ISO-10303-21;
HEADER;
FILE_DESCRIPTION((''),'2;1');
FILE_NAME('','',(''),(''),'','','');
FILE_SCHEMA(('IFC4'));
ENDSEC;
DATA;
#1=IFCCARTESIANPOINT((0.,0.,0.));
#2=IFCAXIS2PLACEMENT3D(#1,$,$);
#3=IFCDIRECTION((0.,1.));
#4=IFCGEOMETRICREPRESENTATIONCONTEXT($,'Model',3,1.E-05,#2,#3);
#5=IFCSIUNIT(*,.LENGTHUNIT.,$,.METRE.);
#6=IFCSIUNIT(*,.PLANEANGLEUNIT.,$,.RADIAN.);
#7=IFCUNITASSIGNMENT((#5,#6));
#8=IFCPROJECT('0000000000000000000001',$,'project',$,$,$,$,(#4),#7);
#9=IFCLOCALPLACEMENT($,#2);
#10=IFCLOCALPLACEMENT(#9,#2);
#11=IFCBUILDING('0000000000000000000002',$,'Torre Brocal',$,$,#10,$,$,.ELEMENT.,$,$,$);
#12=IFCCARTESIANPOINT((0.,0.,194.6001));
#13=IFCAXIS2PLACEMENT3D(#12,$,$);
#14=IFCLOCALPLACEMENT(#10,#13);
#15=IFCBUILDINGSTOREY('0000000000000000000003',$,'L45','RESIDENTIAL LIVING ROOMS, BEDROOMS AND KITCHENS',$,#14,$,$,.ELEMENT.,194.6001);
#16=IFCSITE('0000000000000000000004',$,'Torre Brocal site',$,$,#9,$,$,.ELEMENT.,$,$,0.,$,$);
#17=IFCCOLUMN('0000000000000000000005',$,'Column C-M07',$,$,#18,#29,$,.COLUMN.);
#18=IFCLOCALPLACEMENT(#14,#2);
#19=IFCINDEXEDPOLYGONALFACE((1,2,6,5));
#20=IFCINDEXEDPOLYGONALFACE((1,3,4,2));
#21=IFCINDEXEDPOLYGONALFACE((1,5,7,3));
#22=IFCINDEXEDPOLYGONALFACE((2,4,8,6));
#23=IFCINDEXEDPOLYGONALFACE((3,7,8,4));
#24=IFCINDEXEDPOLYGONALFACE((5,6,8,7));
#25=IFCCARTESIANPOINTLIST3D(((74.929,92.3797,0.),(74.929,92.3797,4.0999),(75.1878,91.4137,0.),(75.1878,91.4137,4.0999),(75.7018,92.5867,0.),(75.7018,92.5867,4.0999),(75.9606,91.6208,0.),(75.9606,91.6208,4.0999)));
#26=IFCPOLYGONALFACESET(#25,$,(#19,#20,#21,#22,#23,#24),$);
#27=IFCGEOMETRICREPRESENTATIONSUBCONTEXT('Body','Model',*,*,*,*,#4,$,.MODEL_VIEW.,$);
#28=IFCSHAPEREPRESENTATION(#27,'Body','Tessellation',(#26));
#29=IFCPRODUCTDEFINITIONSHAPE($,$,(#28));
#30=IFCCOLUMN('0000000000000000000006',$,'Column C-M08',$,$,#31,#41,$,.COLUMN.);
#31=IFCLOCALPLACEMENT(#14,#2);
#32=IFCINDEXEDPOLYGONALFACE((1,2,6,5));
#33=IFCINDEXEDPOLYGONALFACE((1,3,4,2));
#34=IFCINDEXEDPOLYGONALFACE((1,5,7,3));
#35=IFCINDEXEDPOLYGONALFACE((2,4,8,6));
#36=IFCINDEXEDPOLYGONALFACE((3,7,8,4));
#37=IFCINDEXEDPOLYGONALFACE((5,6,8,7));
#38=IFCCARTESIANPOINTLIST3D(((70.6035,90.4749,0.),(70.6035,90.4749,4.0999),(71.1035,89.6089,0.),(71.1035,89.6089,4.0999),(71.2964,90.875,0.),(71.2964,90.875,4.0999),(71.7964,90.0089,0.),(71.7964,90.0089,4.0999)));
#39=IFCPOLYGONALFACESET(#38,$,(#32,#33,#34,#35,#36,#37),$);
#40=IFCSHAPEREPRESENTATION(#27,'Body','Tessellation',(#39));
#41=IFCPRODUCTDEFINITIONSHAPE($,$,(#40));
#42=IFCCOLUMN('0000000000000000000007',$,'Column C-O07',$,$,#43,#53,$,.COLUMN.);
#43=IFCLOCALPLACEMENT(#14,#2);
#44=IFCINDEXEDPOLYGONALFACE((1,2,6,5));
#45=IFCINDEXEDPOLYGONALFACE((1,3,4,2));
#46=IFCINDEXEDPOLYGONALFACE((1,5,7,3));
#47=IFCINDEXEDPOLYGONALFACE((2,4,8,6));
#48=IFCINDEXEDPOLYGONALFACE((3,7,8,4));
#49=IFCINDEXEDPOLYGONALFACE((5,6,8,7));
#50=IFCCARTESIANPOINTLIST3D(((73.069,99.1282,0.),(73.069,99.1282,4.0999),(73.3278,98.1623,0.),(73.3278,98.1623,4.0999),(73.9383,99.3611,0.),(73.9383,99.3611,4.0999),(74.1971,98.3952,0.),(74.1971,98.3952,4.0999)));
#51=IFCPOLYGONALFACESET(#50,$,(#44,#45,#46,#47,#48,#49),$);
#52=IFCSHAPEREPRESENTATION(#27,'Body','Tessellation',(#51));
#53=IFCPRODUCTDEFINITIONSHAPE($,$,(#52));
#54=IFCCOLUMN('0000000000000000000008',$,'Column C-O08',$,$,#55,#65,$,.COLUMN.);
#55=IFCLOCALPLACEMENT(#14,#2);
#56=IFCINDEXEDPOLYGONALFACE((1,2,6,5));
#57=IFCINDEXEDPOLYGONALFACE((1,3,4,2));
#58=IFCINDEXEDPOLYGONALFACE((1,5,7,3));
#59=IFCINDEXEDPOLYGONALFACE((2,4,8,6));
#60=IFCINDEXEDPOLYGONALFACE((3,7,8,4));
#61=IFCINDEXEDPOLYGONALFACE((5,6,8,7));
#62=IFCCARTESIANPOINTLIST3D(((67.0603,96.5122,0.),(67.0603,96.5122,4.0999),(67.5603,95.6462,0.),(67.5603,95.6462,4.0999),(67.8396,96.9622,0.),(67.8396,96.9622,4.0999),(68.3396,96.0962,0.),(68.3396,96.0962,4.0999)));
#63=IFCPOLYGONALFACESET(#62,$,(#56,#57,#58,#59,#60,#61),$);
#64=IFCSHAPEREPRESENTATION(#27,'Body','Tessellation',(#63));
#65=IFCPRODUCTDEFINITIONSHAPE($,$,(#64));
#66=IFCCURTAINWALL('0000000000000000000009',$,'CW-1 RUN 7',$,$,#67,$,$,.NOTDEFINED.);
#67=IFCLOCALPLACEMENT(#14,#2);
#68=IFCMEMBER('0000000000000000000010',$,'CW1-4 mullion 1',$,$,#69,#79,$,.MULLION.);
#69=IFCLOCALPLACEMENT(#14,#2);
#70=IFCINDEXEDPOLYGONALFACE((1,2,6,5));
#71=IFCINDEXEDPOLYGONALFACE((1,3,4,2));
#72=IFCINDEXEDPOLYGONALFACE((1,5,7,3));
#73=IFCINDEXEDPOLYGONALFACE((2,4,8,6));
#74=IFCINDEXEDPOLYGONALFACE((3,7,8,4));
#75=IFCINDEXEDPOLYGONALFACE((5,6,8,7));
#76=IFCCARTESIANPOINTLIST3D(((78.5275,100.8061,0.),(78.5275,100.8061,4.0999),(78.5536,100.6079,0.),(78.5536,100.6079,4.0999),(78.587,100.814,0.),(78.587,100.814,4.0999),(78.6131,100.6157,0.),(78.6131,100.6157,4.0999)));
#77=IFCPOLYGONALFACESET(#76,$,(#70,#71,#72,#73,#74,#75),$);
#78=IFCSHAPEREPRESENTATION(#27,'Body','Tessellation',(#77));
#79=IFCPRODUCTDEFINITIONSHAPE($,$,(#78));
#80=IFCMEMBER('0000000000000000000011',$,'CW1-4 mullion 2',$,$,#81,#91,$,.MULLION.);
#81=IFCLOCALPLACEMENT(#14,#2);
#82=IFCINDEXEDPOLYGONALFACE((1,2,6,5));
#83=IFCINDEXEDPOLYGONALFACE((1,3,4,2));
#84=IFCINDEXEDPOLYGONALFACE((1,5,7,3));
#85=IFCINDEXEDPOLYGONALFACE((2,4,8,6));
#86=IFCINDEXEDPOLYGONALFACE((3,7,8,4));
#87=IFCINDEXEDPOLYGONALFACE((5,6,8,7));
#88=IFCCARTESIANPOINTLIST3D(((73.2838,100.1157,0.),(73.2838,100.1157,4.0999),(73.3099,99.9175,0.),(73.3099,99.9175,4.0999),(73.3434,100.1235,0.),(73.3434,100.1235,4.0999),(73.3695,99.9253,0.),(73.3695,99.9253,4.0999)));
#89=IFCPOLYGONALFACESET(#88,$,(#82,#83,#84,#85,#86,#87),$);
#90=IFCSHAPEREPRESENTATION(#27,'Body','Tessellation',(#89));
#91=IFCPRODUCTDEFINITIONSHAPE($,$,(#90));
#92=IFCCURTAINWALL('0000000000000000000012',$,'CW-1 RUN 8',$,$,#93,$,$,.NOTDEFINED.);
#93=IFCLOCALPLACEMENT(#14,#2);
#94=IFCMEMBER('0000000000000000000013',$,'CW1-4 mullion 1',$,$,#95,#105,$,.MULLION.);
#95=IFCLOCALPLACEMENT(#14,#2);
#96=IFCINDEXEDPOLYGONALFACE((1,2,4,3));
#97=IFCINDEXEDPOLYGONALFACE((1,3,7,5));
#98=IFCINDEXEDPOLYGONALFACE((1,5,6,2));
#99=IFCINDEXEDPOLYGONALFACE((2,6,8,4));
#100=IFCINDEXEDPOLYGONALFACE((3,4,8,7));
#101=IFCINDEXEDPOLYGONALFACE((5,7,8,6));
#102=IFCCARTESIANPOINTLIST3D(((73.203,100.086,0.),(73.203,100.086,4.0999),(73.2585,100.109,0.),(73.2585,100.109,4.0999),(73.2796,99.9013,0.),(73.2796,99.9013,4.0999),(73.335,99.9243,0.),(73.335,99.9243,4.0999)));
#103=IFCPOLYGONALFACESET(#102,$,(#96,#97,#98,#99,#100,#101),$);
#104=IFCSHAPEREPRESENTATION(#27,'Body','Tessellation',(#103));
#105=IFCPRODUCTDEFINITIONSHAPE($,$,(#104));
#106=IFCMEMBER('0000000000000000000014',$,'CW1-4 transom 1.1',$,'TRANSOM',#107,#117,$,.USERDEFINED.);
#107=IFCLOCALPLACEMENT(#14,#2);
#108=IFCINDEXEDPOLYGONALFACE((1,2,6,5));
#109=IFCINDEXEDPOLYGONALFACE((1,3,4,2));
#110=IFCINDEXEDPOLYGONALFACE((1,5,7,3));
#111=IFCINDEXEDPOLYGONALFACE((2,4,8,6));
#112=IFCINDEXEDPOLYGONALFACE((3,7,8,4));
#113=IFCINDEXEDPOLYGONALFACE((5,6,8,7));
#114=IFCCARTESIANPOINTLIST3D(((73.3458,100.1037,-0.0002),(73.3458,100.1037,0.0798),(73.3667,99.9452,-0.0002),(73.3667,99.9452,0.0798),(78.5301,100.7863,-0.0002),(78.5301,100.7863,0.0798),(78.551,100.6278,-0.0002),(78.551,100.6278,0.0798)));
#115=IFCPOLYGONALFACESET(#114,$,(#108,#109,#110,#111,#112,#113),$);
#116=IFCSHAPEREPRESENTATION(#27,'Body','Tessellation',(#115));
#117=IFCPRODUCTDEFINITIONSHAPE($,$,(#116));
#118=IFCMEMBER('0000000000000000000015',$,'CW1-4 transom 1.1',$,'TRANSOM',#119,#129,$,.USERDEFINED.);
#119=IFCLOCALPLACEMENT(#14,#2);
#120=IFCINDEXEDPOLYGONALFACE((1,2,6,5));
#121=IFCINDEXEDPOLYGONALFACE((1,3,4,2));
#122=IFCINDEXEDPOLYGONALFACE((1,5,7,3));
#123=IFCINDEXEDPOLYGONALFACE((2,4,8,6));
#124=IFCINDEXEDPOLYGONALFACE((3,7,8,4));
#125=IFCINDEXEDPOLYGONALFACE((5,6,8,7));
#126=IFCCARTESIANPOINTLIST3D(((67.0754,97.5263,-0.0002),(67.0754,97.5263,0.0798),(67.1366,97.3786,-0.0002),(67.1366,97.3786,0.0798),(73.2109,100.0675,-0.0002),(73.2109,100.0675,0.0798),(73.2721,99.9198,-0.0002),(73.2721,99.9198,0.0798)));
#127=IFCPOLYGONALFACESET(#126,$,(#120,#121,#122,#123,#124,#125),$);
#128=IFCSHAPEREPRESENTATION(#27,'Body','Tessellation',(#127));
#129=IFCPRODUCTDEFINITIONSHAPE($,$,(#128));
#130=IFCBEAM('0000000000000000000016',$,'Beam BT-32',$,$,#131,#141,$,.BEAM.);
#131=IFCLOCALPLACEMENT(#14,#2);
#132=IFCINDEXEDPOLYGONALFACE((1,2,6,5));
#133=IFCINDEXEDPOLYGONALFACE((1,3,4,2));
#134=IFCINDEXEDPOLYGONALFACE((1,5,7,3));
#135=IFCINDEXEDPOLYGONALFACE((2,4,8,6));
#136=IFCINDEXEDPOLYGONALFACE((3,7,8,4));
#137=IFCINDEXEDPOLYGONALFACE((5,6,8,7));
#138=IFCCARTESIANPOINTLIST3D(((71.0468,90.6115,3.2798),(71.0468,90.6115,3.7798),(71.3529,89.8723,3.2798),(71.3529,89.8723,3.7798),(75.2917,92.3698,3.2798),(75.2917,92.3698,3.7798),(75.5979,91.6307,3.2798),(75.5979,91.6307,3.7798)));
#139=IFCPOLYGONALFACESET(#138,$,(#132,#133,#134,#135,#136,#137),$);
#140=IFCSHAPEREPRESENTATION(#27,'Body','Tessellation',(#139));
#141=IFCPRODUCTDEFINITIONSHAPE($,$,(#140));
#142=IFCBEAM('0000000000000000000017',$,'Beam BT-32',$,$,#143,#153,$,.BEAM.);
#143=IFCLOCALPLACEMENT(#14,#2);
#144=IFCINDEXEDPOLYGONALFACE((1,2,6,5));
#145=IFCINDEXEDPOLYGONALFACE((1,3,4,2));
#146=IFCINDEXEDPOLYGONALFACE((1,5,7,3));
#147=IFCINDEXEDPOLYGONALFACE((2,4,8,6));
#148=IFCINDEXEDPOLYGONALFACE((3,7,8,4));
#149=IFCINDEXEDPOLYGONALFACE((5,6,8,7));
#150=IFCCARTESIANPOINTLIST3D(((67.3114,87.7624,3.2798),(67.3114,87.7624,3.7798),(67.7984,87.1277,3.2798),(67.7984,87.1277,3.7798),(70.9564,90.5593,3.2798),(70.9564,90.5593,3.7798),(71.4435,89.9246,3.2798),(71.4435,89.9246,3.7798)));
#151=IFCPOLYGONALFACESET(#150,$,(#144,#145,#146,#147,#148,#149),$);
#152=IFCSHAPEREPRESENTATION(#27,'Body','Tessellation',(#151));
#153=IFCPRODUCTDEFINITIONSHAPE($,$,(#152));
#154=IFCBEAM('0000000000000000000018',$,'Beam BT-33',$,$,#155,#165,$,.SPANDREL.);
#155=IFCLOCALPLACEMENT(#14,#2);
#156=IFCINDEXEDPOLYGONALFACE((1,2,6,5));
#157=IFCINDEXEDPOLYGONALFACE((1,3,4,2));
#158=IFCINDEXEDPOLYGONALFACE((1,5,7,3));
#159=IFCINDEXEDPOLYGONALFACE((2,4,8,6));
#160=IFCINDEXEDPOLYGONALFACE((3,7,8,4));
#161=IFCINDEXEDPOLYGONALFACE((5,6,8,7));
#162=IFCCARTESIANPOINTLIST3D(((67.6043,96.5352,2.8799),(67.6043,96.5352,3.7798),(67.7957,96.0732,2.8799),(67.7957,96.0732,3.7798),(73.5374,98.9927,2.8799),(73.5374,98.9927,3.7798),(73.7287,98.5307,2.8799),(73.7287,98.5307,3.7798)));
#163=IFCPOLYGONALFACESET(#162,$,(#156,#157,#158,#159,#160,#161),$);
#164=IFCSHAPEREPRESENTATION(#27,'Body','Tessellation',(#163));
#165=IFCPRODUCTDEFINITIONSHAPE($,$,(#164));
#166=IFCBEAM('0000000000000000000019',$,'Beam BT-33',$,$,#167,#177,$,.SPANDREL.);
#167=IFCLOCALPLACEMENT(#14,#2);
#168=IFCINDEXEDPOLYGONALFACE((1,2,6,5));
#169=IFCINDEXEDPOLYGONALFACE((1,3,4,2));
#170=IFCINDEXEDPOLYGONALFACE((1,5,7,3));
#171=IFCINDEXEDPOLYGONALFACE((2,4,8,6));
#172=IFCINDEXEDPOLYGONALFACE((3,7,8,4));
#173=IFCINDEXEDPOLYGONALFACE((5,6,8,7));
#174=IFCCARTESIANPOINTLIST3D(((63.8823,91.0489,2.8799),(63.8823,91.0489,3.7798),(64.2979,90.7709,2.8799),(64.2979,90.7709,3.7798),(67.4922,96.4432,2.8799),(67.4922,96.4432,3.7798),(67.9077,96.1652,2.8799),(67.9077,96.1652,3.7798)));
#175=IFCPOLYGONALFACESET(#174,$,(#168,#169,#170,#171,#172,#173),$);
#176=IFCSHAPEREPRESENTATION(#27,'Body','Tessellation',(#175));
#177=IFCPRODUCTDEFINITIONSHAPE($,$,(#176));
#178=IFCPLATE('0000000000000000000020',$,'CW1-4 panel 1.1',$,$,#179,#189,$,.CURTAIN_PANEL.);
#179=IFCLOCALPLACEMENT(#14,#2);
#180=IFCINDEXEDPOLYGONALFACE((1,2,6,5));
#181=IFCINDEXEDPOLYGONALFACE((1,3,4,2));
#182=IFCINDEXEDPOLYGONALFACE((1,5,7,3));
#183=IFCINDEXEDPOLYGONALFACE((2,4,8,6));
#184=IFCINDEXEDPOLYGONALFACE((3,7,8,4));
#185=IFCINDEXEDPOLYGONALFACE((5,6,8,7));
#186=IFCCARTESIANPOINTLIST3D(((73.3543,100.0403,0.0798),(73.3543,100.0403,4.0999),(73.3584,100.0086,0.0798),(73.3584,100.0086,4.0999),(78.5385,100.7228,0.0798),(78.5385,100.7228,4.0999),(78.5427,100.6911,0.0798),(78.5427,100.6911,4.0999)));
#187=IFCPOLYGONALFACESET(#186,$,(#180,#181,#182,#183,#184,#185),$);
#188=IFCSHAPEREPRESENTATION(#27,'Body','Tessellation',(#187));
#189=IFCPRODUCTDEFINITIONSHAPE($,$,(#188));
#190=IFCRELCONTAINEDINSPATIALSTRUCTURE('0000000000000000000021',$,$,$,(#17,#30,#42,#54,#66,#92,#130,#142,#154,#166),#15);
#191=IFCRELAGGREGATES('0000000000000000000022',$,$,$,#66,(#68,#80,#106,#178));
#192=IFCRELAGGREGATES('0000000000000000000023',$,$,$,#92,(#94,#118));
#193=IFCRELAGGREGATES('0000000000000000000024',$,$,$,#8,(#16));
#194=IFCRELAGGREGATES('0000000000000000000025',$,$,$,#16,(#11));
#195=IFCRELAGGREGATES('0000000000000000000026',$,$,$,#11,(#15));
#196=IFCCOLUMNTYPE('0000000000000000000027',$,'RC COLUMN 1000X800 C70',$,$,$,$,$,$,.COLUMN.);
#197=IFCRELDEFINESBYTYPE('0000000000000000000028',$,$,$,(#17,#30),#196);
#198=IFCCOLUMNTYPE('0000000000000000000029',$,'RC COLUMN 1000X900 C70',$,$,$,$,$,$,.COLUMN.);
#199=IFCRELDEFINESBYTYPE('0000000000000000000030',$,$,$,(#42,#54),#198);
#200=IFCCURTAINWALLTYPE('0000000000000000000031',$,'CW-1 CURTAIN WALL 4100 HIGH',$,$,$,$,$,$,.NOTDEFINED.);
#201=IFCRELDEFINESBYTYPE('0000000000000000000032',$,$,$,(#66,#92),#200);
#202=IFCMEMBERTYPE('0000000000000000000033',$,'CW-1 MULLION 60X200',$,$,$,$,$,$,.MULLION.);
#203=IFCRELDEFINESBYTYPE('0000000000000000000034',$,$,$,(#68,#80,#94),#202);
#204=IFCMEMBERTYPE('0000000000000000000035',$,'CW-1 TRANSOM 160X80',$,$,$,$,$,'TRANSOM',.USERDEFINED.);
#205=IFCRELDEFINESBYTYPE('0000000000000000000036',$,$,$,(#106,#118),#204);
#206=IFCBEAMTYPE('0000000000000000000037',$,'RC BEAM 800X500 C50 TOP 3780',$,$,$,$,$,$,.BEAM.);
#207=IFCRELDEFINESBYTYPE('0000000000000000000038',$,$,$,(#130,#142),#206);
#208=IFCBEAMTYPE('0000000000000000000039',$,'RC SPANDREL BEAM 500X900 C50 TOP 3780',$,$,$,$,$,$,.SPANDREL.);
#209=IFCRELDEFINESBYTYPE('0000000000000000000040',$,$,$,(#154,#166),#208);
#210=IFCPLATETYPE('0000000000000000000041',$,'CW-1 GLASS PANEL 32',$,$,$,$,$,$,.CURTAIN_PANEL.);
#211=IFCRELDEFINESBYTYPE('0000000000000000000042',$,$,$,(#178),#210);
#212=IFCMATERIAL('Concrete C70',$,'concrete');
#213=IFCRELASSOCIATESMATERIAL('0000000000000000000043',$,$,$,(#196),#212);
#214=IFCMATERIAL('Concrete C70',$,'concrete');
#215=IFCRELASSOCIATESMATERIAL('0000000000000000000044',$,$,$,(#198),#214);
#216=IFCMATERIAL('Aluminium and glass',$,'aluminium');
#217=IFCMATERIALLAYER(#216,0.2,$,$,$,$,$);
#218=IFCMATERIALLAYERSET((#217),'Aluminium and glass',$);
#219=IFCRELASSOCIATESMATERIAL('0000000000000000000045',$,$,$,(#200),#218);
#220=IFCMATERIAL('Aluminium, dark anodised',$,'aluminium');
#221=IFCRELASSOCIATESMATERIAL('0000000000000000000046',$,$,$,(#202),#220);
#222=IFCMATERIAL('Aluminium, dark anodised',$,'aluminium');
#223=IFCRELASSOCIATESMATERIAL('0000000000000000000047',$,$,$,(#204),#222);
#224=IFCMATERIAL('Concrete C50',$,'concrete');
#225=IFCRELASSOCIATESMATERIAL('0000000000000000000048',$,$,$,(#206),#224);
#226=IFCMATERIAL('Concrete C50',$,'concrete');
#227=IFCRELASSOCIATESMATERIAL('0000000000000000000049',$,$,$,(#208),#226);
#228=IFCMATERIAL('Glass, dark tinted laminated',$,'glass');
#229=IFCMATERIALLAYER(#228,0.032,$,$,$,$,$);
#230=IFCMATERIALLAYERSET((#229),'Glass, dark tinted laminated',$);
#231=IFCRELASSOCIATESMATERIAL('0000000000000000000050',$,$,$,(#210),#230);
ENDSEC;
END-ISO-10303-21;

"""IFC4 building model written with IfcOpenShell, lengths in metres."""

from ifc_helpers import new_model, si_unit, direction, frame, origin, origin_2d, place, context, subcontext, project, spatial, rectangle, extrude, material, layer, layer_set, material_profile, profile_set, type_object, element, aggregate, save


model = new_model("IFC4")

# Units and contexts
model_context = context("Model", 3, precision=1e-05, world=origin(), true_north=direction((0.0, 1.0)))
body_context = subcontext(model_context, "Body", "Model", "MODEL_VIEW")
ifc_project = project(units=[si_unit("LENGTHUNIT", "METRE"), si_unit("PLANEANGLEUNIT", "RADIAN")], contexts=[model_context])

# Site, building, storey
site_placement = place(None, origin())
site = spatial("IfcSite", under=ifc_project, at=site_placement, Name="Torre Brocal site", CompositionType="ELEMENT", RefElevation=0.0)
building_placement = place(site_placement, origin())
building = spatial("IfcBuilding", under=site, at=building_placement, Name="Torre Brocal", CompositionType="ELEMENT")
storey_placement = place(building_placement, frame((0.0, 0.0, 194.6001)))
storey = spatial("IfcBuildingStorey", under=building, at=storey_placement, Name="L45", Description="RESIDENTIAL LIVING ROOMS, BEDROOMS AND KITCHENS", CompositionType="ELEMENT", Elevation=194.6001)

# Columns
ifc_material_1 = material(Name="Concrete C70", Category="concrete")
ifc_material_profile_1 = material_profile(ifc_material_1, rectangle(XDim=1.0, YDim=0.8, at=origin_2d()), Name="RC 1000X800")
ifc_profile_set_1 = profile_set([ifc_material_profile_1], Name="Concrete C70")
column_type_1 = type_object("IfcColumnType", Name="RC COLUMN 1000X800 C70", PredefinedType="COLUMN", material=ifc_profile_set_1)
for number, where, z_axis, x_axis, name in (
    (1, (75.4448, 92.0002, 0.0), (0.0, 0.0, 1.0), (-0.258819, 0.965926, 0.0), "Column C-M07"),
    (2, (71.2, 90.2419, 0.0), (0.0, 0.0, 1.0), (-0.5, 0.866025, 0.0), "Column C-M08"),
):
    element("IfcColumn", number, at=place(storey_placement, frame(where, z_axis=z_axis, x_axis=x_axis)), inside=storey, type_object=column_type_1, Name=name, PredefinedType="COLUMN", context=body_context, shape_type="SweptSolid", body=[
        extrude(rectangle(XDim=1.0, YDim=0.8, at=origin_2d()), origin(), (0.0, 0.0, 1.0), 4.0999),
    ])
ifc_material_2 = material(Name="Concrete C70", Category="concrete")
ifc_material_profile_2 = material_profile(ifc_material_2, rectangle(XDim=1.0, YDim=0.8999, at=origin_2d()), Name="RC 1000X900")
ifc_profile_set_2 = profile_set([ifc_material_profile_2], Name="Concrete C70")
column_type_2 = type_object("IfcColumnType", Name="RC COLUMN 1000X900 C70", PredefinedType="COLUMN", material=ifc_profile_set_2)
for number, where, z_axis, x_axis, name in (
    (3, (73.6331, 98.7617, 0.0), (0.0, 0.0, 1.0), (-0.258819, 0.965926, 0.0), "Column C-O07"),
    (4, (67.7, 96.3042, 0.0), (0.0, 0.0, 1.0), (-0.5, 0.866025, 0.0), "Column C-O08"),
):
    element("IfcColumn", number, at=place(storey_placement, frame(where, z_axis=z_axis, x_axis=x_axis)), inside=storey, type_object=column_type_2, Name=name, PredefinedType="COLUMN", context=body_context, shape_type="SweptSolid", body=[
        extrude(rectangle(XDim=1.0, YDim=0.8999, at=origin_2d()), origin(), (0.0, 0.0, 1.0), 4.0999),
    ])

# Curtain wall, members
ifc_material_3 = material(Name="Aluminium and glass", Category="aluminium")
ifc_layer_1 = layer(ifc_material_3, 0.2)
ifc_layer_set_1 = layer_set([ifc_layer_1], Name="Aluminium and glass")
curtain_wall_type = type_object("IfcCurtainWallType", Name="CW-1 CURTAIN WALL 4100 HIGH", PredefinedType="NOTDEFINED", material=ifc_layer_set_1)
curtain_wall_1_placement = place(storey_placement, origin())
curtain_wall_1 = element("IfcCurtainWall", 5, at=curtain_wall_1_placement, inside=storey, type_object=curtain_wall_type, Name="CW-1 RUN 7", PredefinedType="NOTDEFINED")
ifc_material_4 = material(Name="Aluminium, dark anodised", Category="aluminium")
ifc_material_profile_3 = material_profile(ifc_material_4, rectangle(XDim=0.2, YDim=0.0601, at=origin_2d()), Name="CW-1 MULLION 60X200")
ifc_profile_set_3 = profile_set([ifc_material_profile_3], Name="Aluminium, dark anodised")
member_type_1 = type_object("IfcMemberType", Name="CW-1 MULLION 60X200", PredefinedType="MULLION", material=ifc_profile_set_3)
member_1_placement = place(storey_placement, frame((78.5703, 100.7109, 0.0), z_axis=(0.0, 0.0, 1.0), x_axis=(0.130526, -0.991445, 0.0)))
member_1 = element("IfcMember", 6, at=member_1_placement, type_object=member_type_1, Name="CW1-4 mullion 1", PredefinedType="MULLION", context=body_context, shape_type="SweptSolid", body=[
    extrude(rectangle(XDim=0.2, YDim=0.0601, at=origin_2d()), origin(), (0.0, 0.0, 1.0), 4.0999),
])
member_2_placement = place(storey_placement, frame((73.3267, 100.0205, 0.0), z_axis=(0.0, 0.0, 1.0), x_axis=(0.130526, -0.991445, 0.0)))
member_2 = element("IfcMember", 7, at=member_2_placement, type_object=member_type_1, Name="CW1-4 mullion 2", PredefinedType="MULLION", context=body_context, shape_type="SweptSolid", body=[
    extrude(rectangle(XDim=0.2, YDim=0.0601, at=origin_2d()), origin(), (0.0, 0.0, 1.0), 4.0999),
])

# Curtain wall, member
curtain_wall_2_placement = place(storey_placement, origin())
curtain_wall_2 = element("IfcCurtainWall", 8, at=curtain_wall_2_placement, inside=storey, type_object=curtain_wall_type, Name="CW-1 RUN 8", PredefinedType="NOTDEFINED")
member_3_placement = place(storey_placement, frame((73.269, 100.0051, 0.0), z_axis=(0.0, 0.0, 1.0), x_axis=(0.382683, -0.92388, 0.0)))
member_3 = element("IfcMember", 9, at=member_3_placement, type_object=member_type_1, Name="CW1-4 mullion 1", PredefinedType="MULLION", context=body_context, shape_type="SweptSolid", body=[
    extrude(rectangle(XDim=0.2, YDim=0.0601, at=origin_2d()), origin(), (0.0, 0.0, 1.0), 4.0999),
])

# Members
ifc_material_5 = material(Name="Aluminium, dark anodised", Category="aluminium")
ifc_material_profile_4 = material_profile(ifc_material_5, rectangle(XDim=0.1599, YDim=0.0801, at=origin_2d()), Name="CW-1 TRANSOM 160X80")
ifc_profile_set_4 = profile_set([ifc_material_profile_4], Name="Aluminium, dark anodised")
member_type_2 = type_object("IfcMemberType", Name="CW-1 TRANSOM 160X80", ElementType="TRANSOM", PredefinedType="USERDEFINED", material=ifc_profile_set_4)
member_4_placement = place(storey_placement, frame((78.5405, 100.707, 0.0398), z_axis=(-0.991443, -0.130543, 0.0), x_axis=(0.130543, -0.991443, 0.0)))
member_4 = element("IfcMember", 10, at=member_4_placement, type_object=member_type_2, Name="CW1-4 transom 1.1", ObjectType="TRANSOM", PredefinedType="USERDEFINED", context=body_context, shape_type="SweptSolid", body=[
    extrude(rectangle(XDim=0.1599, YDim=0.0801, at=origin_2d()), origin(), (0.0, 0.0, 1.0), 5.229),
])
member_5_placement = place(storey_placement, frame((73.2415, 99.9937, 0.0398), z_axis=(-0.923887, -0.382665, 0.0), x_axis=(0.382665, -0.923887, 0.0)))
member_5 = element("IfcMember", 11, at=member_5_placement, type_object=member_type_2, Name="CW1-4 transom 1.1", ObjectType="TRANSOM", PredefinedType="USERDEFINED", context=body_context, shape_type="SweptSolid", body=[
    extrude(rectangle(XDim=0.1599, YDim=0.0801, at=origin_2d()), origin(), (0.0, 0.0, 1.0), 6.6409),
])

# Beams
ifc_material_6 = material(Name="Concrete C50", Category="concrete")
ifc_material_profile_5 = material_profile(ifc_material_6, rectangle(XDim=0.8, YDim=0.5, at=origin_2d()), Name="RC 800X500")
ifc_profile_set_5 = profile_set([ifc_material_profile_5], Name="Concrete C50")
beam_type_1 = type_object("IfcBeamType", Name="RC BEAM 800X500 C50 TOP 3780", PredefinedType="BEAM", material=ifc_profile_set_5)
beam_1_placement = place(storey_placement, frame((75.4448, 92.0002, 3.5298), z_axis=(-0.923878, -0.382687, 0.0), x_axis=(0.382687, -0.923878, 0.0)))
element("IfcBeam", 12, at=beam_1_placement, inside=storey, type_object=beam_type_1, Name="Beam BT-32", PredefinedType="BEAM", context=body_context, shape_type="SweptSolid", body=[
    extrude(rectangle(XDim=0.8, YDim=0.5, at=origin_2d()), origin(), (0.0, 0.0, 1.0), 4.5947),
])
beam_2_placement = place(storey_placement, frame((71.2, 90.2419, 3.5298), z_axis=(-0.793358, -0.608755, 0.0), x_axis=(0.608755, -0.793358, 0.0)))
element("IfcBeam", 13, at=beam_2_placement, inside=storey, type_object=beam_type_1, Name="Beam BT-32", PredefinedType="BEAM", context=body_context, shape_type="SweptSolid", body=[
    extrude(rectangle(XDim=0.8, YDim=0.5, at=origin_2d()), origin(), (0.0, 0.0, 1.0), 4.5945),
])
ifc_material_7 = material(Name="Concrete C50", Category="concrete")
ifc_material_profile_6 = material_profile(ifc_material_7, rectangle(XDim=0.5, YDim=0.8999, at=origin_2d()), Name="RC 500X900")
ifc_profile_set_6 = profile_set([ifc_material_profile_6], Name="Concrete C50")
beam_type_2 = type_object("IfcBeamType", Name="RC SPANDREL BEAM 500X900 C50 TOP 3780", PredefinedType="SPANDREL", material=ifc_profile_set_6)
beam_3_placement = place(storey_placement, frame((73.6331, 98.7617, 3.3298), z_axis=(-0.923882, -0.382676, 0.0), x_axis=(0.382676, -0.923882, 0.0)))
element("IfcBeam", 14, at=beam_3_placement, inside=storey, type_object=beam_type_2, Name="Beam BT-33", PredefinedType="SPANDREL", context=body_context, shape_type="SweptSolid", body=[
    extrude(rectangle(XDim=0.5, YDim=0.8999, at=origin_2d()), origin(), (0.0, 0.0, 1.0), 6.4219),
])
beam_4_placement = place(storey_placement, frame((67.7, 96.3042, 3.3298), z_axis=(-0.556158, -0.831077, 0.0), x_axis=(0.831077, -0.556158, 0.0)))
element("IfcBeam", 15, at=beam_4_placement, inside=storey, type_object=beam_type_2, Name="Beam BT-33", PredefinedType="SPANDREL", context=body_context, shape_type="SweptSolid", body=[
    extrude(rectangle(XDim=0.5, YDim=0.8999, at=origin_2d()), origin(), (0.0, 0.0, 1.0), 6.4907),
])

# Plate
ifc_material_8 = material(Name="Glass, dark tinted laminated", Category="glass")
ifc_layer_2 = layer(ifc_material_8, 0.032)
ifc_layer_set_2 = layer_set([ifc_layer_2], Name="Glass, dark tinted laminated")
plate_type = type_object("IfcPlateType", Name="CW-1 GLASS PANEL 32", PredefinedType="CURTAIN_PANEL", material=ifc_layer_set_2)
plate_1_placement = place(storey_placement, frame((75.9485, 100.3657, 0.0798), z_axis=(0.0, 0.0, 1.0), x_axis=(-0.991445, -0.130526, 0.0)))
plate_1 = element("IfcPlate", 16, at=plate_1_placement, type_object=plate_type, Name="CW1-4 panel 1.1", PredefinedType="CURTAIN_PANEL", context=body_context, shape_type="SweptSolid", body=[
    extrude(rectangle(XDim=5.229, YDim=0.032, at=origin_2d()), origin(), (0.0, 0.0, 1.0), 4.02),
])
aggregate(curtain_wall_1, [member_1, member_2, member_4, plate_1])
aggregate(curtain_wall_2, [member_3, member_5])

save(model, "model.ifc")
